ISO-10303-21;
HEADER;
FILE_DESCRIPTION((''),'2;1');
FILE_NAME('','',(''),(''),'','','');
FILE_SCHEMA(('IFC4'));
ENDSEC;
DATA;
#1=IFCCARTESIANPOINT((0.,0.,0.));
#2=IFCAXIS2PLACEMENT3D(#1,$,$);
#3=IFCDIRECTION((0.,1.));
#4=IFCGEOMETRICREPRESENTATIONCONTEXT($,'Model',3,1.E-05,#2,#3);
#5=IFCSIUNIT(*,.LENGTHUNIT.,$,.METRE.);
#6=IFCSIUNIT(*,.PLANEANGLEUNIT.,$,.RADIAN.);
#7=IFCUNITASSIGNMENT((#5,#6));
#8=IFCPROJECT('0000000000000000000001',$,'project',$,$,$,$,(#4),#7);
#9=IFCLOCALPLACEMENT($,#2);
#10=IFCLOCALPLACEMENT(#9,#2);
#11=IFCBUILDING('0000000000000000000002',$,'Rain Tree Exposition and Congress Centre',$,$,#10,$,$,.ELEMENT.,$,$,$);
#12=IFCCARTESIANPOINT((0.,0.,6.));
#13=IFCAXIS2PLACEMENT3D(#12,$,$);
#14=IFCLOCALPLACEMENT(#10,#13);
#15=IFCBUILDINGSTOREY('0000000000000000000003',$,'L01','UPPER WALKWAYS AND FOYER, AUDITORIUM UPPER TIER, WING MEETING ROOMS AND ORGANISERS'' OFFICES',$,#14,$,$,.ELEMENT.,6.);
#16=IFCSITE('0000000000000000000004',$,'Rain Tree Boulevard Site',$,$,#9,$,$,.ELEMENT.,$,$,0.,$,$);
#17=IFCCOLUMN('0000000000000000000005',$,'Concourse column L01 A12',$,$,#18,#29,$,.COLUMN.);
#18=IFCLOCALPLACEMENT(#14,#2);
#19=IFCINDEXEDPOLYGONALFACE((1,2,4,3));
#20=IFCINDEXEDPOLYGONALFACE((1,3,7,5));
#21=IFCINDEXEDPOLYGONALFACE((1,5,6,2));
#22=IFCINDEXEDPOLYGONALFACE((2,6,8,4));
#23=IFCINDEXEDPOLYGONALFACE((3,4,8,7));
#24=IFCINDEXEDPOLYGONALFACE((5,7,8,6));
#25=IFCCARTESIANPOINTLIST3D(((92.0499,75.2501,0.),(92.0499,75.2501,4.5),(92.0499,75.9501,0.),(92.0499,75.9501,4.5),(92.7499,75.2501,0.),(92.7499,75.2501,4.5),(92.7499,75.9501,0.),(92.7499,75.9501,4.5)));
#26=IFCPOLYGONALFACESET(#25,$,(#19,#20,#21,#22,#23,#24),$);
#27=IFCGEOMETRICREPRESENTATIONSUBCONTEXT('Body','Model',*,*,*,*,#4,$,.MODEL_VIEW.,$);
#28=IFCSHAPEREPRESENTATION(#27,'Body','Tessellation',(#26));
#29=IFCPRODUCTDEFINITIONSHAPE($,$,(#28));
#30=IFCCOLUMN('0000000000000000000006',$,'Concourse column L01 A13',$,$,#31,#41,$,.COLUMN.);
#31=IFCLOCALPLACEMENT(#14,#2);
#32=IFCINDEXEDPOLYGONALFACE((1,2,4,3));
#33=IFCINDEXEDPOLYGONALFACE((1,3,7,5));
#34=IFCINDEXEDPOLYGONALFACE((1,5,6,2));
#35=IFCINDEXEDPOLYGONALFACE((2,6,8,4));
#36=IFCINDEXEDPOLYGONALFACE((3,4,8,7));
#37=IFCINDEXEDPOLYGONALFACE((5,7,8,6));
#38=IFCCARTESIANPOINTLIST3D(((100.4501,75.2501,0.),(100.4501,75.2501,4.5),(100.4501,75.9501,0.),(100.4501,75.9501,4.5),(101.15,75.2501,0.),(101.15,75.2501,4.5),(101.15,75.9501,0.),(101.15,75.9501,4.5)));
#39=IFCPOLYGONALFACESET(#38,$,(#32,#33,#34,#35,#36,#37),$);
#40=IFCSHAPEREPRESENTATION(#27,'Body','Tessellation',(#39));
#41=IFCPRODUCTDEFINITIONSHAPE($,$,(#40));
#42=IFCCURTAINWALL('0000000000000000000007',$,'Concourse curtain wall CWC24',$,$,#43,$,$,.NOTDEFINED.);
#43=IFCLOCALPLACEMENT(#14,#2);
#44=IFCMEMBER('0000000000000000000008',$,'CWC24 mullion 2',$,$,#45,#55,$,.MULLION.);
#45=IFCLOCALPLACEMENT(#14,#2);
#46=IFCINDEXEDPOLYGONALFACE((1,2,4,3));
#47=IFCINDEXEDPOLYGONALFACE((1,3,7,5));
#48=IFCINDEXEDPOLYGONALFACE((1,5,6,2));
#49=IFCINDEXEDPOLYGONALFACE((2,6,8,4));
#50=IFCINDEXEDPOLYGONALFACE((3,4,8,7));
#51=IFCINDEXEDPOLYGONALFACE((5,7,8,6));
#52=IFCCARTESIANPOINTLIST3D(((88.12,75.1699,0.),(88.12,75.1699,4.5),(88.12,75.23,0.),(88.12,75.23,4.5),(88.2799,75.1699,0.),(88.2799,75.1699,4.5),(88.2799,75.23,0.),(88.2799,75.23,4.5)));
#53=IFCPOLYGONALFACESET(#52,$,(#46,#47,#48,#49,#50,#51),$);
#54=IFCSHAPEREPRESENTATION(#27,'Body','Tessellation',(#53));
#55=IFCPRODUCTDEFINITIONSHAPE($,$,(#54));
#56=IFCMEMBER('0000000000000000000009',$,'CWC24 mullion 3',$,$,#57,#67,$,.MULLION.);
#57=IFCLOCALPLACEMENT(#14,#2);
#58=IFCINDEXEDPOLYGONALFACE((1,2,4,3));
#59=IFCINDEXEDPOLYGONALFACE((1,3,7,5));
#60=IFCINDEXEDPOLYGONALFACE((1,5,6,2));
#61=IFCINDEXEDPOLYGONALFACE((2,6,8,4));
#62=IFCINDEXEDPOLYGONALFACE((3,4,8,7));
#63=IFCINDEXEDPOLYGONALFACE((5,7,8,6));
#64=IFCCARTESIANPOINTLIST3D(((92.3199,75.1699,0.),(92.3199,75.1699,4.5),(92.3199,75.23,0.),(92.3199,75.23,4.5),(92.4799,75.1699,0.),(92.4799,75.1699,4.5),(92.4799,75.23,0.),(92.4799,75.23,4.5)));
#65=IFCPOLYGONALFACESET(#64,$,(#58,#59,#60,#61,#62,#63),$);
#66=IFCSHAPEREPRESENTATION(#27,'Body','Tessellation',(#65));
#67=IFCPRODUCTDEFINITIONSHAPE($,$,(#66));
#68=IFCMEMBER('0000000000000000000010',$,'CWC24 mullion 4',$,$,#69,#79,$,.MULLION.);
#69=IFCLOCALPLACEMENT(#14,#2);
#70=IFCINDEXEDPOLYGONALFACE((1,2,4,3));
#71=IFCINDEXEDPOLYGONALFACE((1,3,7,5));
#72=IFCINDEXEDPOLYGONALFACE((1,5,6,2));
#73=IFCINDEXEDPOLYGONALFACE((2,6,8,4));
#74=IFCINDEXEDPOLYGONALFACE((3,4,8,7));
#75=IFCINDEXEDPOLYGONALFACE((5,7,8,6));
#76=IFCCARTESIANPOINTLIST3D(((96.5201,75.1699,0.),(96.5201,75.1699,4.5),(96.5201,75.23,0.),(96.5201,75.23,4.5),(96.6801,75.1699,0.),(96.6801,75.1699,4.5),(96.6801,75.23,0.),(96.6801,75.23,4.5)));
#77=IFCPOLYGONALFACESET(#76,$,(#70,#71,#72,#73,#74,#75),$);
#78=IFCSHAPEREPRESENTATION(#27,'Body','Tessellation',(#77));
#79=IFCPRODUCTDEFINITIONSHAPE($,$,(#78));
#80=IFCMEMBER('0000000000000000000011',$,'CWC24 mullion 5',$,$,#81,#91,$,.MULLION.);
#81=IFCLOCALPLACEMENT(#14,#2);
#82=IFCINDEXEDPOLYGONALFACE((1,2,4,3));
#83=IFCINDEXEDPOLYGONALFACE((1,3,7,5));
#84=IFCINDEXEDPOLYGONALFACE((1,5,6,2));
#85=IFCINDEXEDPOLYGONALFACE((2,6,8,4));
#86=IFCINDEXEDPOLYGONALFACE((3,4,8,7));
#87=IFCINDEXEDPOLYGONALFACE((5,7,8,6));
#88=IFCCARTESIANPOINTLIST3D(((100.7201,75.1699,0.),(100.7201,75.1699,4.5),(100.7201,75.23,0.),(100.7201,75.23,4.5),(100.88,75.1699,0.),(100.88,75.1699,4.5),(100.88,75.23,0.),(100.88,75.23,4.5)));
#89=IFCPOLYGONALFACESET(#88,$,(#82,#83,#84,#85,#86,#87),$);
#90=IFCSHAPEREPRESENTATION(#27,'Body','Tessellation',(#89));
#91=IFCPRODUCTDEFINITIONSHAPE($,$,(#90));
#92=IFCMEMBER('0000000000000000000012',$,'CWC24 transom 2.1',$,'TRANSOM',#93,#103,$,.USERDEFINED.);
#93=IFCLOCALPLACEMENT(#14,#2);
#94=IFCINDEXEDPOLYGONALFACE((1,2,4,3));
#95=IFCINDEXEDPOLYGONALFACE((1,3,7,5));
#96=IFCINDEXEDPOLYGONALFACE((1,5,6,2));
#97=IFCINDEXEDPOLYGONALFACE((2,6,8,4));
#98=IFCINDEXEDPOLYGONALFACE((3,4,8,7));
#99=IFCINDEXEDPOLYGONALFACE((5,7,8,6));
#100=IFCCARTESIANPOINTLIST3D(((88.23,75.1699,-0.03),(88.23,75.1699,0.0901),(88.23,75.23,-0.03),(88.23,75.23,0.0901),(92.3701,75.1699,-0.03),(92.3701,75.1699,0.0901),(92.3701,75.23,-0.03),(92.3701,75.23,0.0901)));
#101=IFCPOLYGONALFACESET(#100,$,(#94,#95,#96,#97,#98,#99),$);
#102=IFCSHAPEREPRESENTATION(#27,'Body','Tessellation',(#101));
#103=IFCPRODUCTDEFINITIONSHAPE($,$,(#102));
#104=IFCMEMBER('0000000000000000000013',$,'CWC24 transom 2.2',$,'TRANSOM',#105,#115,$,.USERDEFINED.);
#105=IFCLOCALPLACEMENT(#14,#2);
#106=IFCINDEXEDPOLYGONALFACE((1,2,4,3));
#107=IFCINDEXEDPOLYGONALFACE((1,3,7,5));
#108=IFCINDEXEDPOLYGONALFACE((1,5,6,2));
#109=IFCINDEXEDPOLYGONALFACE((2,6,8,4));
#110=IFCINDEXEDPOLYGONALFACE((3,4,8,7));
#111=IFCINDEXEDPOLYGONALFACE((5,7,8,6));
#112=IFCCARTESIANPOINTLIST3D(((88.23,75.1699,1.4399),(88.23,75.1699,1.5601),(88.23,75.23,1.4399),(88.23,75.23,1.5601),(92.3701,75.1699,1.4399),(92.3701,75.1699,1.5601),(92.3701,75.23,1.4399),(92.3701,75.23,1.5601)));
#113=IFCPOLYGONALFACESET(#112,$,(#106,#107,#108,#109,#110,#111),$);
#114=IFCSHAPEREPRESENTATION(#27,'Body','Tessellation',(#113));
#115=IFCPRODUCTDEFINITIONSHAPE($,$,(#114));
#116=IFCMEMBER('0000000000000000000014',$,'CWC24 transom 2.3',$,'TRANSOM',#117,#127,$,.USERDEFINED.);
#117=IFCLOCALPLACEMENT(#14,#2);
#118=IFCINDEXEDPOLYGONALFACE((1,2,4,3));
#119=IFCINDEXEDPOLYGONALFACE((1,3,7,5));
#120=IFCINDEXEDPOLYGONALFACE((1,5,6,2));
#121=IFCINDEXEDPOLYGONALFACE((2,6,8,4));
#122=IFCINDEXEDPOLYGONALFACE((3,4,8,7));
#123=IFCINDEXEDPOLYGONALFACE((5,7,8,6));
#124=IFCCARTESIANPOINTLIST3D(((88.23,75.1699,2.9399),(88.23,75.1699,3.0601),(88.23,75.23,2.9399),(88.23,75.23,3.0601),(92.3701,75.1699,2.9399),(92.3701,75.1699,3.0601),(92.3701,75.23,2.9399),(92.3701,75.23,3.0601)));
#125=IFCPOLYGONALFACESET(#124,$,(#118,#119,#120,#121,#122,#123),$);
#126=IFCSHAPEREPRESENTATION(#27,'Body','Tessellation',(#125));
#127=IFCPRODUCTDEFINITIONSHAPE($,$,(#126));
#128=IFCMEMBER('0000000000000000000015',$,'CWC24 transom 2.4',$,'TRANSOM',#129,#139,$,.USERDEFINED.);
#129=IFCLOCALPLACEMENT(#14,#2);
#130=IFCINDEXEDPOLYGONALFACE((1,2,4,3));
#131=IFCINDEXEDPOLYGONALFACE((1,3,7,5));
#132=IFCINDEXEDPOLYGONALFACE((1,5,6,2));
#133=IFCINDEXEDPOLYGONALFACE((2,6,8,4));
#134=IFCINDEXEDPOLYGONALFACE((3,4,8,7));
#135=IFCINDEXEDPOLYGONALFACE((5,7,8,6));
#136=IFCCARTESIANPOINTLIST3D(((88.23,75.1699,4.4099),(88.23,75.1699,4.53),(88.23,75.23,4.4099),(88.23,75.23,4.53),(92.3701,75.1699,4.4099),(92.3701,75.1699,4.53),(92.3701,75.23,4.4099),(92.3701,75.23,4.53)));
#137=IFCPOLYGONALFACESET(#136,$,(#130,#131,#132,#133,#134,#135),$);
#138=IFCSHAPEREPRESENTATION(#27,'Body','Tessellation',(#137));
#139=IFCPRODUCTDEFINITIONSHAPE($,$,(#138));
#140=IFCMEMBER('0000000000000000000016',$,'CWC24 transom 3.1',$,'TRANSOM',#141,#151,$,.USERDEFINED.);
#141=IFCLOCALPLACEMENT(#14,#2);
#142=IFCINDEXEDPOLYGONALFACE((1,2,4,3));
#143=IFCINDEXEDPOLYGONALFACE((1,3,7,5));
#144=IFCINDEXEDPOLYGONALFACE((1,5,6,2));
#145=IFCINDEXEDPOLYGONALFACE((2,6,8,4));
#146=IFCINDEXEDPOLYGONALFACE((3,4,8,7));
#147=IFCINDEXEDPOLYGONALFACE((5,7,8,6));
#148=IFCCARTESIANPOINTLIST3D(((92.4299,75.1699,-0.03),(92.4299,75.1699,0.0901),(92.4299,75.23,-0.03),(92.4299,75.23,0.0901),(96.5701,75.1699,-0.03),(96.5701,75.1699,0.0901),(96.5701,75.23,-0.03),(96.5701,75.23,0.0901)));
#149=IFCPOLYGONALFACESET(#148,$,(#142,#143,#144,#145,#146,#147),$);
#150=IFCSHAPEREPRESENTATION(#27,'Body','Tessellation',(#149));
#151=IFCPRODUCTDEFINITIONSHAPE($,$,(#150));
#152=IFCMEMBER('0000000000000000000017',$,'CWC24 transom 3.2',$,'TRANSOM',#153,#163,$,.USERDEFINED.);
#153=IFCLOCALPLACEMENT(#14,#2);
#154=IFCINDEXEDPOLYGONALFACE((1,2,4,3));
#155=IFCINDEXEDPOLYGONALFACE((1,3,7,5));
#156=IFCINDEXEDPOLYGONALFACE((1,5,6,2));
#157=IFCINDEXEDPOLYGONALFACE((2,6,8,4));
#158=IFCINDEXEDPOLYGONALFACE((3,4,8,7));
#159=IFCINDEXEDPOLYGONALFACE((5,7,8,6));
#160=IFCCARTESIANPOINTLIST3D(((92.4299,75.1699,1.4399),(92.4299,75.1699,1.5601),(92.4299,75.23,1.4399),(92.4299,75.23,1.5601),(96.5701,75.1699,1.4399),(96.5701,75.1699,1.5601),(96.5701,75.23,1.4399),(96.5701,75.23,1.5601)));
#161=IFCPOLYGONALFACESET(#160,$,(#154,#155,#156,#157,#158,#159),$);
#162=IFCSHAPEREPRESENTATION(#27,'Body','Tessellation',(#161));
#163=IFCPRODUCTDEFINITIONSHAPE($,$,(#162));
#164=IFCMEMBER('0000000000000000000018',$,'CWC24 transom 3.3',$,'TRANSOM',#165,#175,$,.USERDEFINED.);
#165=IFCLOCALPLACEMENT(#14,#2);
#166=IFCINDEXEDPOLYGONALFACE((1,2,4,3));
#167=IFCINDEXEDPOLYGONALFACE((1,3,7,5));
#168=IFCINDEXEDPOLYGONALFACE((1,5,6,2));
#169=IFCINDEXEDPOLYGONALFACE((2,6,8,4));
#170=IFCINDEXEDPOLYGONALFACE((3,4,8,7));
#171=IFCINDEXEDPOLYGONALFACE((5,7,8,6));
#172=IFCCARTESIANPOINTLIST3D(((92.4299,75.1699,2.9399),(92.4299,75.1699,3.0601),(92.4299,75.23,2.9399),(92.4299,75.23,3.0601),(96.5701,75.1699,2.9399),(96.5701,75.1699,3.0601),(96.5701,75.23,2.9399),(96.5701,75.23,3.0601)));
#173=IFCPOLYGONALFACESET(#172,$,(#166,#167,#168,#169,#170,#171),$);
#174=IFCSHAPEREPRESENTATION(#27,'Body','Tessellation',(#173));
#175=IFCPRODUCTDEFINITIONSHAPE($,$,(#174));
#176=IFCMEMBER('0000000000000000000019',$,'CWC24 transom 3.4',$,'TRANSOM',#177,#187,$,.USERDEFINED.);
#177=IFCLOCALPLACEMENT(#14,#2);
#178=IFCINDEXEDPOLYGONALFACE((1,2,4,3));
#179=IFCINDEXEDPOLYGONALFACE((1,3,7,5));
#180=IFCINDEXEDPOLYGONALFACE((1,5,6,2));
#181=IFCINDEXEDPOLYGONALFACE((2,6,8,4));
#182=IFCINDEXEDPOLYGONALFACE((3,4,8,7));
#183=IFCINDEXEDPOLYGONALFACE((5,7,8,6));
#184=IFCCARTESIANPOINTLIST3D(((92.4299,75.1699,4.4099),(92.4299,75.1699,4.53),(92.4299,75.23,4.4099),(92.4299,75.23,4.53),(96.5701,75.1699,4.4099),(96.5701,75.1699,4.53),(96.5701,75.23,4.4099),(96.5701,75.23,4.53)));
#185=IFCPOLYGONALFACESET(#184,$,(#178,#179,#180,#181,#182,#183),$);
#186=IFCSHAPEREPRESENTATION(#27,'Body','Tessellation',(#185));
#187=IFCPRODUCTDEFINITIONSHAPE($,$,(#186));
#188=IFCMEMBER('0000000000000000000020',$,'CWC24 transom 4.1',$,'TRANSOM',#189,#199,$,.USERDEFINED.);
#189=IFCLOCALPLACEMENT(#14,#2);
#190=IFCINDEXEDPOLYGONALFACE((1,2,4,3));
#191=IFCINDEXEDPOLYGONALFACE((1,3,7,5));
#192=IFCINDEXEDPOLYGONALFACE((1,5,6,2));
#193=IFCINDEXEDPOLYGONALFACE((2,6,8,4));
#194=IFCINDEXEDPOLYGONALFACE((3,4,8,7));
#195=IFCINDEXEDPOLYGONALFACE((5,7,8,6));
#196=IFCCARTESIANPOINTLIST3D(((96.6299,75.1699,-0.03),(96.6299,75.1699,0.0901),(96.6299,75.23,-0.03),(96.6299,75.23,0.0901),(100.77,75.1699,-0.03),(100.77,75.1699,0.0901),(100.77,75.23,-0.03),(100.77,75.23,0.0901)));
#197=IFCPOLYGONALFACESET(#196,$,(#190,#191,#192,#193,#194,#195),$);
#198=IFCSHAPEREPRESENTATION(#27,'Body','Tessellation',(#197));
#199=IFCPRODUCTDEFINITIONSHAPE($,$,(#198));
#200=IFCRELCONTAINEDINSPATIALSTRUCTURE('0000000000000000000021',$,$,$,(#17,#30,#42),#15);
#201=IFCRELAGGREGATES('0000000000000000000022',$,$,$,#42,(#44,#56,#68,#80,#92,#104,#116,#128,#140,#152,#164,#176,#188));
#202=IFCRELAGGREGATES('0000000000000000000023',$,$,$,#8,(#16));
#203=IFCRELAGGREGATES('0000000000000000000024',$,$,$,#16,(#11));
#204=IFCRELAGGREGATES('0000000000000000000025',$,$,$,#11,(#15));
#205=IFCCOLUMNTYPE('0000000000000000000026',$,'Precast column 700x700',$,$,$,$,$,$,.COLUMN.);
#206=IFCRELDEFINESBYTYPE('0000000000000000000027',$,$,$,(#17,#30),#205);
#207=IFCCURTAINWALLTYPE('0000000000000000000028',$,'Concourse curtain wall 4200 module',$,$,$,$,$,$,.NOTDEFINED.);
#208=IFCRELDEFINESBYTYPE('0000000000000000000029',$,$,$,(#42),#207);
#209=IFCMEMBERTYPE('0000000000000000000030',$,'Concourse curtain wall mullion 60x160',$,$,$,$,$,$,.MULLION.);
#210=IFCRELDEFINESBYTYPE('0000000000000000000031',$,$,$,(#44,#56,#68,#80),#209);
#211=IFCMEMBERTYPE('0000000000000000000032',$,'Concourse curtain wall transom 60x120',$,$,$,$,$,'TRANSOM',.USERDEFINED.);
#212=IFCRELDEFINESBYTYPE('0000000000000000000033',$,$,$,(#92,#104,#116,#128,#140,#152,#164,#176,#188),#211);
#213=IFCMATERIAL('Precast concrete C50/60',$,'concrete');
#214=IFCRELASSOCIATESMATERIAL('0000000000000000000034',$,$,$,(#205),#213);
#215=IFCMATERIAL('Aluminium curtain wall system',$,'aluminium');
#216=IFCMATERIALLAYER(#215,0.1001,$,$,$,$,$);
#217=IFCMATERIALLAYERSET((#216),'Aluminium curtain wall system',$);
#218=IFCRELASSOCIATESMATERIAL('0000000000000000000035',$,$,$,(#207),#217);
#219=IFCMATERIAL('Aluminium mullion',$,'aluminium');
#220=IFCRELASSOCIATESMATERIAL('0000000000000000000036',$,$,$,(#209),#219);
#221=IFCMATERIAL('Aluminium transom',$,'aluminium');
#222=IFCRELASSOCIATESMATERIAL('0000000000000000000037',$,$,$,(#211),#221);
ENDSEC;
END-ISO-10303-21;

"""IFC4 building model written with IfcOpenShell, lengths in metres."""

from ifc_helpers import new_model, si_unit, direction, frame, origin, origin_2d, place, context, subcontext, project, spatial, rectangle, extrude, material, layer, layer_set, material_profile, profile_set, type_object, element, aggregate, save


model = new_model("IFC4")

# Units and contexts
model_context = context("Model", 3, precision=1e-05, world=origin(), true_north=direction((0.0, 1.0)))
body_context = subcontext(model_context, "Body", "Model", "MODEL_VIEW")
ifc_project = project(units=[si_unit("LENGTHUNIT", "METRE"), si_unit("PLANEANGLEUNIT", "RADIAN")], contexts=[model_context])

# Site, building, storey
site_placement = place(None, origin())
site = spatial("IfcSite", under=ifc_project, at=site_placement, Name="Rain Tree Boulevard Site", CompositionType="ELEMENT", RefElevation=0.0)
building_placement = place(site_placement, origin())
building = spatial("IfcBuilding", under=site, at=building_placement, Name="Rain Tree Exposition and Congress Centre", CompositionType="ELEMENT")
storey_placement = place(building_placement, frame((0.0, 0.0, 6.0)))
storey = spatial("IfcBuildingStorey", under=building, at=storey_placement, Name="L01", Description="UPPER WALKWAYS AND FOYER, AUDITORIUM UPPER TIER, WING MEETING ROOMS AND ORGANISERS' OFFICES", CompositionType="ELEMENT", Elevation=6.0)

# Columns
ifc_material_1 = material(Name="Precast concrete C50/60", Category="concrete")
ifc_material_profile_1 = material_profile(ifc_material_1, rectangle(XDim=0.7, YDim=0.7, at=origin_2d()), Name="RC 700x700")
ifc_profile_set_1 = profile_set([ifc_material_profile_1], Name="Precast concrete C50/60")
column_type = type_object("IfcColumnType", Name="Precast column 700x700", PredefinedType="COLUMN", material=ifc_profile_set_1)
for number, where, z_axis, x_axis, name in (
    (1, (92.3999, 75.6001, 0.0), (0.0, 0.0, 1.0), (1.0, 0.0, 0.0), "Concourse column L01 A12"),
    (2, (100.8, 75.6001, 0.0), (0.0, 0.0, 1.0), (1.0, 0.0, 0.0), "Concourse column L01 A13"),
):
    element("IfcColumn", number, at=place(storey_placement, frame(where, z_axis=z_axis, x_axis=x_axis)), inside=storey, type_object=column_type, Name=name, PredefinedType="COLUMN", context=body_context, shape_type="SweptSolid", body=[
        extrude(rectangle(XDim=0.7, YDim=0.7, at=origin_2d()), origin(), (0.0, 0.0, 1.0), 4.5),
    ])

# Curtain wall, members
ifc_material_2 = material(Name="Aluminium curtain wall system", Category="aluminium")
ifc_layer_1 = layer(ifc_material_2, 0.1001)
ifc_layer_set_1 = layer_set([ifc_layer_1], Name="Aluminium curtain wall system")
curtain_wall_type = type_object("IfcCurtainWallType", Name="Concourse curtain wall 4200 module", PredefinedType="NOTDEFINED", material=ifc_layer_set_1)
curtain_wall_placement = place(storey_placement, origin())
curtain_wall = element("IfcCurtainWall", 3, at=curtain_wall_placement, inside=storey, type_object=curtain_wall_type, Name="Concourse curtain wall CWC24", PredefinedType="NOTDEFINED")
ifc_material_3 = material(Name="Aluminium mullion", Category="aluminium")
ifc_material_profile_2 = material_profile(ifc_material_3, rectangle(XDim=0.0601, YDim=0.1599, at=origin_2d()), Name="AL 60x160")
ifc_profile_set_2 = profile_set([ifc_material_profile_2], Name="Aluminium mullion")
member_type_1 = type_object("IfcMemberType", Name="Concourse curtain wall mullion 60x160", PredefinedType="MULLION", material=ifc_profile_set_2)
member_1_placement = place(storey_placement, frame((88.2, 75.2, 0.0), z_axis=(0.0, 0.0, 1.0), x_axis=(0.0, 1.0, 0.0)))
member_1 = element("IfcMember", 4, at=member_1_placement, type_object=member_type_1, Name="CWC24 mullion 2", PredefinedType="MULLION", context=body_context, shape_type="SweptSolid", body=[
    extrude(rectangle(XDim=0.0601, YDim=0.1599, at=origin_2d()), origin(), (0.0, 0.0, 1.0), 4.5),
])
member_2_placement = place(storey_placement, frame((92.3999, 75.2, 0.0), z_axis=(0.0, 0.0, 1.0), x_axis=(0.0, 1.0, 0.0)))
member_2 = element("IfcMember", 5, at=member_2_placement, type_object=member_type_1, Name="CWC24 mullion 3", PredefinedType="MULLION", context=body_context, shape_type="SweptSolid", body=[
    extrude(rectangle(XDim=0.0601, YDim=0.1599, at=origin_2d()), origin(), (0.0, 0.0, 1.0), 4.5),
])
member_3_placement = place(storey_placement, frame((96.6001, 75.2, 0.0), z_axis=(0.0, 0.0, 1.0), x_axis=(0.0, 1.0, 0.0)))
member_3 = element("IfcMember", 6, at=member_3_placement, type_object=member_type_1, Name="CWC24 mullion 4", PredefinedType="MULLION", context=body_context, shape_type="SweptSolid", body=[
    extrude(rectangle(XDim=0.0601, YDim=0.1599, at=origin_2d()), origin(), (0.0, 0.0, 1.0), 4.5),
])
member_4_placement = place(storey_placement, frame((100.8, 75.2, 0.0), z_axis=(0.0, 0.0, 1.0), x_axis=(0.0, 1.0, 0.0)))
member_4 = element("IfcMember", 7, at=member_4_placement, type_object=member_type_1, Name="CWC24 mullion 5", PredefinedType="MULLION", context=body_context, shape_type="SweptSolid", body=[
    extrude(rectangle(XDim=0.0601, YDim=0.1599, at=origin_2d()), origin(), (0.0, 0.0, 1.0), 4.5),
])
ifc_material_4 = material(Name="Aluminium transom", Category="aluminium")
ifc_material_profile_3 = material_profile(ifc_material_4, rectangle(XDim=0.0601, YDim=0.1201, at=origin_2d()), Name="AL 60x120")
ifc_profile_set_3 = profile_set([ifc_material_profile_3], Name="Aluminium transom")
member_type_2 = type_object("IfcMemberType", Name="Concourse curtain wall transom 60x120", ElementType="TRANSOM", PredefinedType="USERDEFINED", material=ifc_profile_set_3)
member_5_placement = place(storey_placement, frame((88.23, 75.2, 0.03), z_axis=(1.0, 0.0, 0.0), x_axis=(0.0, 1.0, 0.0)))
member_5 = element("IfcMember", 8, at=member_5_placement, type_object=member_type_2, Name="CWC24 transom 2.1", ObjectType="TRANSOM", PredefinedType="USERDEFINED", context=body_context, shape_type="SweptSolid", body=[
    extrude(rectangle(XDim=0.0601, YDim=0.1201, at=origin_2d()), origin(), (0.0, 0.0, 1.0), 4.1401),
])
member_6_placement = place(storey_placement, frame((88.23, 75.2, 1.5), z_axis=(1.0, 0.0, 0.0), x_axis=(0.0, 1.0, 0.0)))
member_6 = element("IfcMember", 9, at=member_6_placement, type_object=member_type_2, Name="CWC24 transom 2.2", ObjectType="TRANSOM", PredefinedType="USERDEFINED", context=body_context, shape_type="SweptSolid", body=[
    extrude(rectangle(XDim=0.0601, YDim=0.1201, at=origin_2d()), origin(), (0.0, 0.0, 1.0), 4.1401),
])
member_7_placement = place(storey_placement, frame((88.23, 75.2, 3.0), z_axis=(1.0, 0.0, 0.0), x_axis=(0.0, 1.0, 0.0)))
member_7 = element("IfcMember", 10, at=member_7_placement, type_object=member_type_2, Name="CWC24 transom 2.3", ObjectType="TRANSOM", PredefinedType="USERDEFINED", context=body_context, shape_type="SweptSolid", body=[
    extrude(rectangle(XDim=0.0601, YDim=0.1201, at=origin_2d()), origin(), (0.0, 0.0, 1.0), 4.1401),
])
member_8_placement = place(storey_placement, frame((88.23, 75.2, 4.47), z_axis=(1.0, 0.0, 0.0), x_axis=(0.0, 1.0, 0.0)))
member_8 = element("IfcMember", 11, at=member_8_placement, type_object=member_type_2, Name="CWC24 transom 2.4", ObjectType="TRANSOM", PredefinedType="USERDEFINED", context=body_context, shape_type="SweptSolid", body=[
    extrude(rectangle(XDim=0.0601, YDim=0.1201, at=origin_2d()), origin(), (0.0, 0.0, 1.0), 4.1401),
])
member_9_placement = place(storey_placement, frame((92.4299, 75.2, 0.03), z_axis=(1.0, 0.0, 0.0), x_axis=(0.0, 1.0, 0.0)))
member_9 = element("IfcMember", 12, at=member_9_placement, type_object=member_type_2, Name="CWC24 transom 3.1", ObjectType="TRANSOM", PredefinedType="USERDEFINED", context=body_context, shape_type="SweptSolid", body=[
    extrude(rectangle(XDim=0.0601, YDim=0.1201, at=origin_2d()), origin(), (0.0, 0.0, 1.0), 4.1401),
])
member_10_placement = place(storey_placement, frame((92.4299, 75.2, 1.5), z_axis=(1.0, 0.0, 0.0), x_axis=(0.0, 1.0, 0.0)))
member_10 = element("IfcMember", 13, at=member_10_placement, type_object=member_type_2, Name="CWC24 transom 3.2", ObjectType="TRANSOM", PredefinedType="USERDEFINED", context=body_context, shape_type="SweptSolid", body=[
    extrude(rectangle(XDim=0.0601, YDim=0.1201, at=origin_2d()), origin(), (0.0, 0.0, 1.0), 4.1401),
])
member_11_placement = place(storey_placement, frame((92.4299, 75.2, 3.0), z_axis=(1.0, 0.0, 0.0), x_axis=(0.0, 1.0, 0.0)))
member_11 = element("IfcMember", 14, at=member_11_placement, type_object=member_type_2, Name="CWC24 transom 3.3", ObjectType="TRANSOM", PredefinedType="USERDEFINED", context=body_context, shape_type="SweptSolid", body=[
    extrude(rectangle(XDim=0.0601, YDim=0.1201, at=origin_2d()), origin(), (0.0, 0.0, 1.0), 4.1401),
])
member_12_placement = place(storey_placement, frame((92.4299, 75.2, 4.47), z_axis=(1.0, 0.0, 0.0), x_axis=(0.0, 1.0, 0.0)))
member_12 = element("IfcMember", 15, at=member_12_placement, type_object=member_type_2, Name="CWC24 transom 3.4", ObjectType="TRANSOM", PredefinedType="USERDEFINED", context=body_context, shape_type="SweptSolid", body=[
    extrude(rectangle(XDim=0.0601, YDim=0.1201, at=origin_2d()), origin(), (0.0, 0.0, 1.0), 4.1401),
])
member_13_placement = place(storey_placement, frame((96.6299, 75.2, 0.03), z_axis=(1.0, 0.0, 0.0), x_axis=(0.0, 1.0, 0.0)))
member_13 = element("IfcMember", 16, at=member_13_placement, type_object=member_type_2, Name="CWC24 transom 4.1", ObjectType="TRANSOM", PredefinedType="USERDEFINED", context=body_context, shape_type="SweptSolid", body=[
    extrude(rectangle(XDim=0.0601, YDim=0.1201, at=origin_2d()), origin(), (0.0, 0.0, 1.0), 4.1401),
])

aggregate(curtain_wall, [member_1, member_2, member_3, member_4, member_5, member_6, member_7, member_8, member_9, member_10, member_11, member_12, member_13])

save(model, "model.ifc")
